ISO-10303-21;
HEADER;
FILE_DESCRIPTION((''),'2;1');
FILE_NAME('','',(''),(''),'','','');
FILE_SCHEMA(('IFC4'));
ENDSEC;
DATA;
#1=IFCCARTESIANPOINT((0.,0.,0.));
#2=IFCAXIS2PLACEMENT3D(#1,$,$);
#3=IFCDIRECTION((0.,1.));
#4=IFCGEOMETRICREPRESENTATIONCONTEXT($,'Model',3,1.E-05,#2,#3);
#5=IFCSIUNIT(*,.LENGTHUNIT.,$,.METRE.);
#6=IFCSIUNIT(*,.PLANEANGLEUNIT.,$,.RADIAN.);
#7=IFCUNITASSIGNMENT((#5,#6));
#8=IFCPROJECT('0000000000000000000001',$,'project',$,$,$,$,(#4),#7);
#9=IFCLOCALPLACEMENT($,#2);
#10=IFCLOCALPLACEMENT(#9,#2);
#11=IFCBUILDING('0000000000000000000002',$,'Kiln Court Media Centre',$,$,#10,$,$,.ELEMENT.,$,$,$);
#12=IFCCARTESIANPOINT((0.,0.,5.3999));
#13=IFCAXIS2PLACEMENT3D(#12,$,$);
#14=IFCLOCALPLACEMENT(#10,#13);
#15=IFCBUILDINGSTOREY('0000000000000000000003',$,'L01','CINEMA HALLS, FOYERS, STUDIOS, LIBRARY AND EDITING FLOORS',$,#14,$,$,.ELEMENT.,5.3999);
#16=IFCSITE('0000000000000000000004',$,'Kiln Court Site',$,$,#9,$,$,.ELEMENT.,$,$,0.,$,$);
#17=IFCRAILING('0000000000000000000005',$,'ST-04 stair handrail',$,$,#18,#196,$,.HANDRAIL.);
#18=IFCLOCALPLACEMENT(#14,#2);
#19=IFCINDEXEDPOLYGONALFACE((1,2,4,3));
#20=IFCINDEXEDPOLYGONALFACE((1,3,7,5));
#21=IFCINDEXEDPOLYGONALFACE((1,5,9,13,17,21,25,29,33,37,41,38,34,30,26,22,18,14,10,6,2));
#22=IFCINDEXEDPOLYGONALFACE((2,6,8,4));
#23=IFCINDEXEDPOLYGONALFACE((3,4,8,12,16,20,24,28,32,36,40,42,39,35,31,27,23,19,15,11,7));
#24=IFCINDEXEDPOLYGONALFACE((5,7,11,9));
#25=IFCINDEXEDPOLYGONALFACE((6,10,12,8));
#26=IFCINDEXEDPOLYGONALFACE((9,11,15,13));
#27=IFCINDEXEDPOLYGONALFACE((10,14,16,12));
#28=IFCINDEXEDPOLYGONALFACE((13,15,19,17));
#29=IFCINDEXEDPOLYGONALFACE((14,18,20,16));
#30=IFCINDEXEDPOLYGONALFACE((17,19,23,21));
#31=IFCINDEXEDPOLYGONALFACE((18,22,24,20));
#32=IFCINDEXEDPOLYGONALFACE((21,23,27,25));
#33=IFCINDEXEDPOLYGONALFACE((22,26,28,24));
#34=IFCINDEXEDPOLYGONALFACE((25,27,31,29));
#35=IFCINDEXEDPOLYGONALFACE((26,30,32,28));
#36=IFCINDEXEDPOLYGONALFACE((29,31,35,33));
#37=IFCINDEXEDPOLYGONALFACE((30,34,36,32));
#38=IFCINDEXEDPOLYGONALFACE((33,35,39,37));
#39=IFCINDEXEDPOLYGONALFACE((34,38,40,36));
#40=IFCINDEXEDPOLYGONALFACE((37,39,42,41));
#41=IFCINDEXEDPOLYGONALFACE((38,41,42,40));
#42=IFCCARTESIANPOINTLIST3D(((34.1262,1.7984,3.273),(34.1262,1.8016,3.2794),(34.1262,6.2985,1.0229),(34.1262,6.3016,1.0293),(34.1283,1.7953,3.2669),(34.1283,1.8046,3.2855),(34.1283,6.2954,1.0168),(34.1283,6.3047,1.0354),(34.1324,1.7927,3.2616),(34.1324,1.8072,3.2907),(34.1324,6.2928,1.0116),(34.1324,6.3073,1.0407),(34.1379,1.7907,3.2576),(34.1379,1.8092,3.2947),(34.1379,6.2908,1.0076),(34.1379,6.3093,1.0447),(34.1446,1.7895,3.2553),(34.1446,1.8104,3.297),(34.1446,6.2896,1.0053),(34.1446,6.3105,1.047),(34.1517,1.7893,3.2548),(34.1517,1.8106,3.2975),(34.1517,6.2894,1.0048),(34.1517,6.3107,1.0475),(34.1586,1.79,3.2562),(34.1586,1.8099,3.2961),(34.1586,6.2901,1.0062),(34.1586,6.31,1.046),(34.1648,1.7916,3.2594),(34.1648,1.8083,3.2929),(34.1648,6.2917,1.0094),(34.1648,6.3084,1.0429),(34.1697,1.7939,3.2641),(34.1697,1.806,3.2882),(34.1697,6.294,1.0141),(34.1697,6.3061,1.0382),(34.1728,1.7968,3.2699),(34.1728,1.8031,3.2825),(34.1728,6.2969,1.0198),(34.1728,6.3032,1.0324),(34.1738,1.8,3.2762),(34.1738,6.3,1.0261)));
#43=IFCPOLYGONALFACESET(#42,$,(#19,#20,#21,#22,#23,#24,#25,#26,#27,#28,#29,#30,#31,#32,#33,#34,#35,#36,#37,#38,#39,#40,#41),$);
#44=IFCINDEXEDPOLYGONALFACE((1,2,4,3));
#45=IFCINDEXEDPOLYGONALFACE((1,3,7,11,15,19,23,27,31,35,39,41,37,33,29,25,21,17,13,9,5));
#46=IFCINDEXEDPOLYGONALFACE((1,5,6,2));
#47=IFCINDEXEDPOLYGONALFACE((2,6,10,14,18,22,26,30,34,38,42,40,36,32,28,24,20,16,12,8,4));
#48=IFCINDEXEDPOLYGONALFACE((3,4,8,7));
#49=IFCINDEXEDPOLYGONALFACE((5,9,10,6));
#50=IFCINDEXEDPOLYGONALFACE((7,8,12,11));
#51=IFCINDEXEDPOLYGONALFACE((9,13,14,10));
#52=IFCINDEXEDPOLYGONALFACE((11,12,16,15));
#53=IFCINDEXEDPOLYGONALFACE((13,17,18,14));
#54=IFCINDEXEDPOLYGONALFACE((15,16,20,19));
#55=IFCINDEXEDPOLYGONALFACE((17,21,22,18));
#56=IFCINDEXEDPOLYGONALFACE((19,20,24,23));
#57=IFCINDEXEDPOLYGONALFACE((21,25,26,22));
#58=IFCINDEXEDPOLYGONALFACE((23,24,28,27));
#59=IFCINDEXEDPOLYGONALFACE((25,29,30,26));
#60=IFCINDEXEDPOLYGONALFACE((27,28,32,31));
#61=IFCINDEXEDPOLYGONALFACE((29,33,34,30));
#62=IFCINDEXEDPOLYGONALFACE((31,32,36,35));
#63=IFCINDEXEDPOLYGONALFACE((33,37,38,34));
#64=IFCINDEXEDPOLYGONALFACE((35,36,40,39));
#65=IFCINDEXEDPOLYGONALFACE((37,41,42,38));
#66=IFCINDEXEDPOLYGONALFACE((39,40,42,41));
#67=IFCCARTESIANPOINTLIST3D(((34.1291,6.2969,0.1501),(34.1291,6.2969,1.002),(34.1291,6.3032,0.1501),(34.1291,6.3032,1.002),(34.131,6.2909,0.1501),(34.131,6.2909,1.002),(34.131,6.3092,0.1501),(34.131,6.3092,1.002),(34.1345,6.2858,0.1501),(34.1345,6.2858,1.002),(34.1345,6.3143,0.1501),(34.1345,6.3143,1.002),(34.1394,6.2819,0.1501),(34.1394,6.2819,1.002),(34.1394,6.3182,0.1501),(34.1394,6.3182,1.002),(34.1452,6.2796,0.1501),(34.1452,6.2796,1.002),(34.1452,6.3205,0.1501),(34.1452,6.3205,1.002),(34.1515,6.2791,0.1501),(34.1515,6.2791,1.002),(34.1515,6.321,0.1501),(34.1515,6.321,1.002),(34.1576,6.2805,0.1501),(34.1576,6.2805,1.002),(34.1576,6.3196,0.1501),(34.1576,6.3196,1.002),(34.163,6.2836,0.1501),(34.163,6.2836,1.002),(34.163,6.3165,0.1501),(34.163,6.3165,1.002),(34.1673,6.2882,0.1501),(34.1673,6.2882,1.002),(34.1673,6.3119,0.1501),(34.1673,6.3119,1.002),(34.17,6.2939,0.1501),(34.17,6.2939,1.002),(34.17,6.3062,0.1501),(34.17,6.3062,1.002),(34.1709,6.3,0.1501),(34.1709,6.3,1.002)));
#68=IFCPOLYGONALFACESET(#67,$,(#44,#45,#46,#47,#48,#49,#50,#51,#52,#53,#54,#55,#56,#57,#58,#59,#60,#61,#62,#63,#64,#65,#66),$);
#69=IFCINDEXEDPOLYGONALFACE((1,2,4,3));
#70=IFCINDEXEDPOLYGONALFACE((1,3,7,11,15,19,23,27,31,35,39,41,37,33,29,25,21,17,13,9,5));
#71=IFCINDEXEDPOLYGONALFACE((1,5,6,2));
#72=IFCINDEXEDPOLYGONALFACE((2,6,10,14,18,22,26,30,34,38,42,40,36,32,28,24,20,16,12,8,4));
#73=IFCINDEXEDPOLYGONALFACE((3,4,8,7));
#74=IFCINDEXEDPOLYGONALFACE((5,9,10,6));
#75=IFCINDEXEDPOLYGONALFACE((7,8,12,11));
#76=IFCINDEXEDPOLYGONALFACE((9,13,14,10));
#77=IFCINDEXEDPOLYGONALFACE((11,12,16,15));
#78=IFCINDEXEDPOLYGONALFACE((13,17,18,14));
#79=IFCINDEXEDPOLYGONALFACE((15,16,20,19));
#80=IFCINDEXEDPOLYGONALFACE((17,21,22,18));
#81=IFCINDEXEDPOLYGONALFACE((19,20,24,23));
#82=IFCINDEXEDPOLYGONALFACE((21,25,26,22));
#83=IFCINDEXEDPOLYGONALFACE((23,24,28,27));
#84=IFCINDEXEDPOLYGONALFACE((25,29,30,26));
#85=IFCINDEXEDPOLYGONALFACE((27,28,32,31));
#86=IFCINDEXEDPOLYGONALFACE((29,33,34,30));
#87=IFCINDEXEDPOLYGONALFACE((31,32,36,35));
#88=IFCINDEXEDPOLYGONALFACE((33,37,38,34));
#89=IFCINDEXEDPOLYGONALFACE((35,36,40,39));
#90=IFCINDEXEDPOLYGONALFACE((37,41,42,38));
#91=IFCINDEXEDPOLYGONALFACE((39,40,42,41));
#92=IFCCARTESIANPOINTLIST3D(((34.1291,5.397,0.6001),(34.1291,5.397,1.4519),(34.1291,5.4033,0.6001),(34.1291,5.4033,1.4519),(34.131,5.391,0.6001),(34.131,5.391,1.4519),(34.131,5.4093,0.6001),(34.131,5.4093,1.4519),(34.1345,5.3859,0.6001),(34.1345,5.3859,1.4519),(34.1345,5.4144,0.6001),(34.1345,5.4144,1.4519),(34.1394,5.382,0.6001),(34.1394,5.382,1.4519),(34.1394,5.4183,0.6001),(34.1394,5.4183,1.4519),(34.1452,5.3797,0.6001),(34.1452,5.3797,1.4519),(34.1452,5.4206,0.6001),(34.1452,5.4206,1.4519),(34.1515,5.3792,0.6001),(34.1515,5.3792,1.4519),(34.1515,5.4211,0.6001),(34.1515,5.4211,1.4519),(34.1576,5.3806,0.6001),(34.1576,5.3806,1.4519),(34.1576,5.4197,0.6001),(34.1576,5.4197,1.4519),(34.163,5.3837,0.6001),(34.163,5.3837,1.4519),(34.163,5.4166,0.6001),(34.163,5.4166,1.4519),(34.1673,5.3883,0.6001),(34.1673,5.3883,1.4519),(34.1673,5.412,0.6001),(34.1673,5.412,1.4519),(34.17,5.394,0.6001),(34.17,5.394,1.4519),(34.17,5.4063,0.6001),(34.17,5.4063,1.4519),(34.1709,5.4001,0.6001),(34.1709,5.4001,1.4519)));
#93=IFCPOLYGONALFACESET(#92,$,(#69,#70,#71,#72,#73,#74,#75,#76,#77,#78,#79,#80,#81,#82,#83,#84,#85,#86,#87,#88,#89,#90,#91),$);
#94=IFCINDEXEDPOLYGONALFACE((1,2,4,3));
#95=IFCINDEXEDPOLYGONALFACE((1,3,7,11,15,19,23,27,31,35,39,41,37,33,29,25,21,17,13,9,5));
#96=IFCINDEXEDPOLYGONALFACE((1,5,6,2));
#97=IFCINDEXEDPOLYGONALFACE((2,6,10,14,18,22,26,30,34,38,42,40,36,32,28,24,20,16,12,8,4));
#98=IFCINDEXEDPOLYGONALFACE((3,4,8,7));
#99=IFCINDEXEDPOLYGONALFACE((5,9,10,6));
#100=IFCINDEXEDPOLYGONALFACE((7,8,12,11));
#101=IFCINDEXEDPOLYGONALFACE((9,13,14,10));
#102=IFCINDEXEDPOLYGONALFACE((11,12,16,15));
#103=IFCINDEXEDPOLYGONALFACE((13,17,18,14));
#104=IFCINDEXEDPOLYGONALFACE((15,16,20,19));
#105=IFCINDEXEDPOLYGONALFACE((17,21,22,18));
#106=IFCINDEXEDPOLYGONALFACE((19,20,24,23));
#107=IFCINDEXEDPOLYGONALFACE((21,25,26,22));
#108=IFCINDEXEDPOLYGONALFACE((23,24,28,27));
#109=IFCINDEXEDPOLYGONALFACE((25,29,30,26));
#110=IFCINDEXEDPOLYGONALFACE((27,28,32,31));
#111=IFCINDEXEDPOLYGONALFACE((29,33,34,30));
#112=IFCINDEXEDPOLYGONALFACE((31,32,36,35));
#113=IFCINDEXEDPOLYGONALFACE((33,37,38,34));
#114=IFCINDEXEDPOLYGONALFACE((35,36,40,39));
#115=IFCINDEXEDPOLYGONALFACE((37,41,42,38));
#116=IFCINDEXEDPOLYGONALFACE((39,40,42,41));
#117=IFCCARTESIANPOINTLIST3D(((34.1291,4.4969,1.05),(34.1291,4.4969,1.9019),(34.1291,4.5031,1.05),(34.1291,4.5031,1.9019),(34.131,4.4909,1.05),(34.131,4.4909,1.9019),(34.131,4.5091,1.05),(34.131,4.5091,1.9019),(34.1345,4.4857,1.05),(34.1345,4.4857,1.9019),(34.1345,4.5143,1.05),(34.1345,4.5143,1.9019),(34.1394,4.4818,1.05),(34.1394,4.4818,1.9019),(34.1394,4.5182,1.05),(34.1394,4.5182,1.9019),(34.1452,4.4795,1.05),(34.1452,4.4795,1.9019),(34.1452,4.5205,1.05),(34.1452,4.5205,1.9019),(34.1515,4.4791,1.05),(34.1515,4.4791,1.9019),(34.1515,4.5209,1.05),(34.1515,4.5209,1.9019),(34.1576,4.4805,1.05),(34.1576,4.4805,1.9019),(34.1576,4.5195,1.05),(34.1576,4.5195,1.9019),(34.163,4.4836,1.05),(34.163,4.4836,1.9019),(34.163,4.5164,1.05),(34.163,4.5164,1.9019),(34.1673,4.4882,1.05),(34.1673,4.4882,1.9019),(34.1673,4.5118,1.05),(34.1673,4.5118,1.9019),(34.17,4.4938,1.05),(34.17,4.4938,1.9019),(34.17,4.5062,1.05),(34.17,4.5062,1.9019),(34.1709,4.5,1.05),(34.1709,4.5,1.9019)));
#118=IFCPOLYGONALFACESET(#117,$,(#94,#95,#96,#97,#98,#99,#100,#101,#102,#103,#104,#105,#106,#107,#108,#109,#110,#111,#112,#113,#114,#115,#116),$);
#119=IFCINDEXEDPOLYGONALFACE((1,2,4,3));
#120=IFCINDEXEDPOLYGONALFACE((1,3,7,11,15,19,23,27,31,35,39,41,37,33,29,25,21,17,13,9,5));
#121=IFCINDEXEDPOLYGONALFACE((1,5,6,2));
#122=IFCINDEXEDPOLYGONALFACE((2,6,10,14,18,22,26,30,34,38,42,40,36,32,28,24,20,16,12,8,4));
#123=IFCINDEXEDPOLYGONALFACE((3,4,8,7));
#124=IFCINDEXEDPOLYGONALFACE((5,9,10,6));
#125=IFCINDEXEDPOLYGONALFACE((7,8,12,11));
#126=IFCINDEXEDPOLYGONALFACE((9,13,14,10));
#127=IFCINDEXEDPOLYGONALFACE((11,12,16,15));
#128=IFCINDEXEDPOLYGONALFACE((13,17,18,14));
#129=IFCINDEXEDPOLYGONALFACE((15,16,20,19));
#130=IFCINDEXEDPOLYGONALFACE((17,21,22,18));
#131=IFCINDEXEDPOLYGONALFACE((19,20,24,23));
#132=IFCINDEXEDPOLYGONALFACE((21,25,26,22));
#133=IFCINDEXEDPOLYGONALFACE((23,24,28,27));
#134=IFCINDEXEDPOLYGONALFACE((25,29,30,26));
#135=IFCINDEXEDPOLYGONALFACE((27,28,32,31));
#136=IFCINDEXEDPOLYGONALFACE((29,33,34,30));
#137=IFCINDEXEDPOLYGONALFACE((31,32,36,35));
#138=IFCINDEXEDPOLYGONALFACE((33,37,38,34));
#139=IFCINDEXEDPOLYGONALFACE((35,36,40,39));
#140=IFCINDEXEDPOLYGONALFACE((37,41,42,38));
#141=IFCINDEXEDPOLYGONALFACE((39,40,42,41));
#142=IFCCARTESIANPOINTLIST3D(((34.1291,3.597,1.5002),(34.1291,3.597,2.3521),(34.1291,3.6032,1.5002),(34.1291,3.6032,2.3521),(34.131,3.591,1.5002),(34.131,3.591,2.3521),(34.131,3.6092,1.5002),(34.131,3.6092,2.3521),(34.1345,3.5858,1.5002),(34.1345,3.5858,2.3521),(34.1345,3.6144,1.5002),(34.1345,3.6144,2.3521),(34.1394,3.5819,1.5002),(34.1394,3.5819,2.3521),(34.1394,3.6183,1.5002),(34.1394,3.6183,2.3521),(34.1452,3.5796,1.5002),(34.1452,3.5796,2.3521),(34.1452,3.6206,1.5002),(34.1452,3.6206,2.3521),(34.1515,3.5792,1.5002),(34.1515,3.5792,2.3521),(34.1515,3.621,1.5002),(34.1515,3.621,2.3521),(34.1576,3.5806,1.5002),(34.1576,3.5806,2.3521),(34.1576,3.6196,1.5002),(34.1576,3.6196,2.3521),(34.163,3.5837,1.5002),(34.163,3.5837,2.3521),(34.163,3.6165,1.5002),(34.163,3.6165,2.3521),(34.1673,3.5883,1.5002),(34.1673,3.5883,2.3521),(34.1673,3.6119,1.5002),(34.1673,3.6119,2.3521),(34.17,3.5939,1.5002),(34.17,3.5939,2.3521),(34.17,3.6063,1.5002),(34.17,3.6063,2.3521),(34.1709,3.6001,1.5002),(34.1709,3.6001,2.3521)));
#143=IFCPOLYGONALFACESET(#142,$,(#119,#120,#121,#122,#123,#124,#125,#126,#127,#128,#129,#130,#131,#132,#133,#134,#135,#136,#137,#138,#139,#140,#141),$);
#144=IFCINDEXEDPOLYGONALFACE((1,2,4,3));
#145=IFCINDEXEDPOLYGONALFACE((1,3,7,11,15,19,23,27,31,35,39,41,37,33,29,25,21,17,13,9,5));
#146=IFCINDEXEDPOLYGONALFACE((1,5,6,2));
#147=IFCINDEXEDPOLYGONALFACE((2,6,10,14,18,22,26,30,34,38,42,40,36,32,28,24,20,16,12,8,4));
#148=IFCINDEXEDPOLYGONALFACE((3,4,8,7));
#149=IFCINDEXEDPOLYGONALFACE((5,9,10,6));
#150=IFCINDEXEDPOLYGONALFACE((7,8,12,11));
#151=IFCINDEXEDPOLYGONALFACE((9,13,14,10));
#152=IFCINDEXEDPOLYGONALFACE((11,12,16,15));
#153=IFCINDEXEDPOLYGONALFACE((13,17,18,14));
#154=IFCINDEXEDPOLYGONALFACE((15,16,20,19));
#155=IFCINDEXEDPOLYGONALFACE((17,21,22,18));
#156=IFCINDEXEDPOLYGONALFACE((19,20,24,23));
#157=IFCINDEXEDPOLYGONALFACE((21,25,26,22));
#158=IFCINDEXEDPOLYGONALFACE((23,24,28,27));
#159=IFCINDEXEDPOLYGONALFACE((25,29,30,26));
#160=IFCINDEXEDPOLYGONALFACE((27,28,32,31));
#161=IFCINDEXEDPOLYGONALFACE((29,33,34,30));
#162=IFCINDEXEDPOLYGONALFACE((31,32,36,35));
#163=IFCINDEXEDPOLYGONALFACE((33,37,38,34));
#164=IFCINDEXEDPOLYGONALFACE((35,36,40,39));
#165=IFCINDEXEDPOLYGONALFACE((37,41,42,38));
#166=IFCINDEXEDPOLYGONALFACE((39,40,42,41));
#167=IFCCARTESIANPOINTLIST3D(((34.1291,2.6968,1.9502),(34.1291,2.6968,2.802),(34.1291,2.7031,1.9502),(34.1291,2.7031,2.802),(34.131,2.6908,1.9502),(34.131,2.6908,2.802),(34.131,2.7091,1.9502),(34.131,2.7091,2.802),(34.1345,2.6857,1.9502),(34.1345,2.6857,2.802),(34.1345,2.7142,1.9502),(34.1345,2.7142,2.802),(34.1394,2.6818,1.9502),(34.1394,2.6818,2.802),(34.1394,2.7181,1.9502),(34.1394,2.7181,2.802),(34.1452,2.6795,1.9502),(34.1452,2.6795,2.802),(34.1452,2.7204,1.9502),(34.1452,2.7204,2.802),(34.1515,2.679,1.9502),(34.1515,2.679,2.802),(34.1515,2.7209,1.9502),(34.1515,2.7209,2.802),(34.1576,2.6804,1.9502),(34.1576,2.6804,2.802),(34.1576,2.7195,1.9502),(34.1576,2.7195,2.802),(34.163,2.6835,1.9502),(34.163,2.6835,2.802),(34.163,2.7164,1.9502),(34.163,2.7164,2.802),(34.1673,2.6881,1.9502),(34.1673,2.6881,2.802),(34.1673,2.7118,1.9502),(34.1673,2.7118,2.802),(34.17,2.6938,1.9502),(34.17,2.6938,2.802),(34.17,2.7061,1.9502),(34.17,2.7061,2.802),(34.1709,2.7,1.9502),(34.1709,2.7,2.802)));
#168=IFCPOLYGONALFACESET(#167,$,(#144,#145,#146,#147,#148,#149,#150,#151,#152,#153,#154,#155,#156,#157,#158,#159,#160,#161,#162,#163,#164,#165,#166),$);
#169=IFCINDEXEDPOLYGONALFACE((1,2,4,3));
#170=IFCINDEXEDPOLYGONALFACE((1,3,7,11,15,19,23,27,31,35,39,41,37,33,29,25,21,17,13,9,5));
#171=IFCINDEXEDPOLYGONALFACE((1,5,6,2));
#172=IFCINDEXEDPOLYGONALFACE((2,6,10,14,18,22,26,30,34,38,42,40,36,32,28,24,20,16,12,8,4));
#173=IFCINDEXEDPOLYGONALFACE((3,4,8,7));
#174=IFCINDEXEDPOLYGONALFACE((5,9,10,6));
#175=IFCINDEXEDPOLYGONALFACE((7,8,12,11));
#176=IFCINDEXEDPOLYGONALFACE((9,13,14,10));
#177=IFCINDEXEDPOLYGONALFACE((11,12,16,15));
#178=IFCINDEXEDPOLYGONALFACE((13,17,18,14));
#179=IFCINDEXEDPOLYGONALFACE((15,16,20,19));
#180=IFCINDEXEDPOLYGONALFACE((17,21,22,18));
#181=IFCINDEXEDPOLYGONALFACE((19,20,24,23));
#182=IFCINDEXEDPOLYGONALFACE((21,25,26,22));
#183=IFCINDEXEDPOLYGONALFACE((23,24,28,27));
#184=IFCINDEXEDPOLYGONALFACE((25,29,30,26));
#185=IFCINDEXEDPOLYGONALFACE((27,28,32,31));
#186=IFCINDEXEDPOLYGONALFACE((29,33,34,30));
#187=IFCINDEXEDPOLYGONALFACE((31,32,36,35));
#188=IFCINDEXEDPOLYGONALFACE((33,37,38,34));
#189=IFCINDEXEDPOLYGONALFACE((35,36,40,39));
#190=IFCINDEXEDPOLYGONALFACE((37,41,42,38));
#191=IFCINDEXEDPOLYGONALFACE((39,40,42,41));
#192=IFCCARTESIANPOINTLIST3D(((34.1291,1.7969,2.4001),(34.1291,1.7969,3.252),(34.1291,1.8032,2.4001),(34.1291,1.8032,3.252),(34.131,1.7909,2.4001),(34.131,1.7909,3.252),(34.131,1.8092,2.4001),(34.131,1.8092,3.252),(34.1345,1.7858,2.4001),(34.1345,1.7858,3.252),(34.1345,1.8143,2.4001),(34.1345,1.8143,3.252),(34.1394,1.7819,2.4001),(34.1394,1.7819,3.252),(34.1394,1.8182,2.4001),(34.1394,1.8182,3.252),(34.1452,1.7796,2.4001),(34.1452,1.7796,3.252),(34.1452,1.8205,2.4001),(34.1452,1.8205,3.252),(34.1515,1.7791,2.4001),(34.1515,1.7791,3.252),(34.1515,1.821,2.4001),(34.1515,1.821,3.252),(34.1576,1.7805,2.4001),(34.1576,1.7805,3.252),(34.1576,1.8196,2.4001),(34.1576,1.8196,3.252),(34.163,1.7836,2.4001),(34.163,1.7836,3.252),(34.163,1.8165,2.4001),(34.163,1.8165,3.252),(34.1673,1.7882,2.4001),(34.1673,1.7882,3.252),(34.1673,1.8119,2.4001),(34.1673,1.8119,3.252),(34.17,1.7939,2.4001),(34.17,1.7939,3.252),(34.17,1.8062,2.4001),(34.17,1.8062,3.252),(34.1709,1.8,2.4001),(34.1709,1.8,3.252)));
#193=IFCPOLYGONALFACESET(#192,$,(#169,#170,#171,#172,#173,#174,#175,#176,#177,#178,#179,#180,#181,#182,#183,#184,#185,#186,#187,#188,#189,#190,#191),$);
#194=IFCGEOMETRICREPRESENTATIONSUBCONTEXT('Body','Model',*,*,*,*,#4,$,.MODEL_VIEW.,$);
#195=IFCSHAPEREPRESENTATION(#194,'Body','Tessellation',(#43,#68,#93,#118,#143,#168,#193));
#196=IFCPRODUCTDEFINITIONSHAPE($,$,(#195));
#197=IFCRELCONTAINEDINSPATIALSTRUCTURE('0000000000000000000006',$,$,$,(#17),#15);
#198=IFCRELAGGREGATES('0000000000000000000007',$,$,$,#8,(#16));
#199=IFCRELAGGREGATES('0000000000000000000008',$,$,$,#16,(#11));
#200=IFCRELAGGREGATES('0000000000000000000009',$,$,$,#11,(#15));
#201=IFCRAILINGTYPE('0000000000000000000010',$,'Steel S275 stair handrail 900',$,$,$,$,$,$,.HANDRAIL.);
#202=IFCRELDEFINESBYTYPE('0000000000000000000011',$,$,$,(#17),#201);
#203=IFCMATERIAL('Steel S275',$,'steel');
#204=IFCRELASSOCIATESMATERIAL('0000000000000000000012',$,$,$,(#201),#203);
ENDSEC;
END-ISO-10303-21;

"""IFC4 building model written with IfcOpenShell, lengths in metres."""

from ifc_helpers import new_model, si_unit, direction, frame, origin, origin_2d, place, context, subcontext, project, spatial, circle, extrude, material, type_object, element, save


model = new_model("IFC4")

# Units and contexts
model_context = context("Model", 3, precision=1e-05, world=origin(), true_north=direction((0.0, 1.0)))
body_context = subcontext(model_context, "Body", "Model", "MODEL_VIEW")
ifc_project = project(units=[si_unit("LENGTHUNIT", "METRE"), si_unit("PLANEANGLEUNIT", "RADIAN")], contexts=[model_context])

# Site, building, storey
site_placement = place(None, origin())
site = spatial("IfcSite", under=ifc_project, at=site_placement, Name="Kiln Court Site", CompositionType="ELEMENT", RefElevation=0.0)
building_placement = place(site_placement, origin())
building = spatial("IfcBuilding", under=site, at=building_placement, Name="Kiln Court Media Centre", CompositionType="ELEMENT")
storey_placement = place(building_placement, frame((0.0, 0.0, 5.3999)))
storey = spatial("IfcBuildingStorey", under=building, at=storey_placement, Name="L01", Description="CINEMA HALLS, FOYERS, STUDIOS, LIBRARY AND EDITING FLOORS", CompositionType="ELEMENT", Elevation=5.3999)

# Railing
ifc_material_1 = material(Name="Steel S275", Category="steel")
railing_type_1 = type_object("IfcRailingType", Name="Steel S275 stair handrail 900", PredefinedType="HANDRAIL", material=ifc_material_1)
railing_1_placement = place(storey_placement, frame((34.1499, 6.3, 0.1501)))
element("IfcRailing", 1, at=railing_1_placement, inside=storey, type_object=railing_type_1, Name="ST-04 stair handrail", PredefinedType="HANDRAIL", context=body_context, shape_type="SweptSolid", body=[
    extrude(circle(Radius=0.0239, at=origin_2d()), frame((0.0, 0.0, 0.876), z_axis=(0.0, -0.894427, 0.447214), x_axis=(1.0, 0.0, 0.0)), (0.0, 0.0, 1.0), 5.0312),
    extrude(circle(Radius=0.021, at=origin_2d()), origin(), (0.0, 0.0, 1.0), 0.8518),
    extrude(circle(Radius=0.021, at=origin_2d()), frame((0.0, -0.8999, 0.45)), (0.0, 0.0, 1.0), 0.8518),
    extrude(circle(Radius=0.021, at=origin_2d()), frame((0.0, -1.8, 0.8999)), (0.0, 0.0, 1.0), 0.8518),
    extrude(circle(Radius=0.021, at=origin_2d()), frame((0.0, -2.7, 1.3501)), (0.0, 0.0, 1.0), 0.8518),
    extrude(circle(Radius=0.021, at=origin_2d()), frame((0.0, -3.6001, 1.8)), (0.0, 0.0, 1.0), 0.8518),
    extrude(circle(Radius=0.021, at=origin_2d()), frame((0.0, -4.5, 2.25)), (0.0, 0.0, 1.0), 0.8518),
])

save(model, "model.ifc")
